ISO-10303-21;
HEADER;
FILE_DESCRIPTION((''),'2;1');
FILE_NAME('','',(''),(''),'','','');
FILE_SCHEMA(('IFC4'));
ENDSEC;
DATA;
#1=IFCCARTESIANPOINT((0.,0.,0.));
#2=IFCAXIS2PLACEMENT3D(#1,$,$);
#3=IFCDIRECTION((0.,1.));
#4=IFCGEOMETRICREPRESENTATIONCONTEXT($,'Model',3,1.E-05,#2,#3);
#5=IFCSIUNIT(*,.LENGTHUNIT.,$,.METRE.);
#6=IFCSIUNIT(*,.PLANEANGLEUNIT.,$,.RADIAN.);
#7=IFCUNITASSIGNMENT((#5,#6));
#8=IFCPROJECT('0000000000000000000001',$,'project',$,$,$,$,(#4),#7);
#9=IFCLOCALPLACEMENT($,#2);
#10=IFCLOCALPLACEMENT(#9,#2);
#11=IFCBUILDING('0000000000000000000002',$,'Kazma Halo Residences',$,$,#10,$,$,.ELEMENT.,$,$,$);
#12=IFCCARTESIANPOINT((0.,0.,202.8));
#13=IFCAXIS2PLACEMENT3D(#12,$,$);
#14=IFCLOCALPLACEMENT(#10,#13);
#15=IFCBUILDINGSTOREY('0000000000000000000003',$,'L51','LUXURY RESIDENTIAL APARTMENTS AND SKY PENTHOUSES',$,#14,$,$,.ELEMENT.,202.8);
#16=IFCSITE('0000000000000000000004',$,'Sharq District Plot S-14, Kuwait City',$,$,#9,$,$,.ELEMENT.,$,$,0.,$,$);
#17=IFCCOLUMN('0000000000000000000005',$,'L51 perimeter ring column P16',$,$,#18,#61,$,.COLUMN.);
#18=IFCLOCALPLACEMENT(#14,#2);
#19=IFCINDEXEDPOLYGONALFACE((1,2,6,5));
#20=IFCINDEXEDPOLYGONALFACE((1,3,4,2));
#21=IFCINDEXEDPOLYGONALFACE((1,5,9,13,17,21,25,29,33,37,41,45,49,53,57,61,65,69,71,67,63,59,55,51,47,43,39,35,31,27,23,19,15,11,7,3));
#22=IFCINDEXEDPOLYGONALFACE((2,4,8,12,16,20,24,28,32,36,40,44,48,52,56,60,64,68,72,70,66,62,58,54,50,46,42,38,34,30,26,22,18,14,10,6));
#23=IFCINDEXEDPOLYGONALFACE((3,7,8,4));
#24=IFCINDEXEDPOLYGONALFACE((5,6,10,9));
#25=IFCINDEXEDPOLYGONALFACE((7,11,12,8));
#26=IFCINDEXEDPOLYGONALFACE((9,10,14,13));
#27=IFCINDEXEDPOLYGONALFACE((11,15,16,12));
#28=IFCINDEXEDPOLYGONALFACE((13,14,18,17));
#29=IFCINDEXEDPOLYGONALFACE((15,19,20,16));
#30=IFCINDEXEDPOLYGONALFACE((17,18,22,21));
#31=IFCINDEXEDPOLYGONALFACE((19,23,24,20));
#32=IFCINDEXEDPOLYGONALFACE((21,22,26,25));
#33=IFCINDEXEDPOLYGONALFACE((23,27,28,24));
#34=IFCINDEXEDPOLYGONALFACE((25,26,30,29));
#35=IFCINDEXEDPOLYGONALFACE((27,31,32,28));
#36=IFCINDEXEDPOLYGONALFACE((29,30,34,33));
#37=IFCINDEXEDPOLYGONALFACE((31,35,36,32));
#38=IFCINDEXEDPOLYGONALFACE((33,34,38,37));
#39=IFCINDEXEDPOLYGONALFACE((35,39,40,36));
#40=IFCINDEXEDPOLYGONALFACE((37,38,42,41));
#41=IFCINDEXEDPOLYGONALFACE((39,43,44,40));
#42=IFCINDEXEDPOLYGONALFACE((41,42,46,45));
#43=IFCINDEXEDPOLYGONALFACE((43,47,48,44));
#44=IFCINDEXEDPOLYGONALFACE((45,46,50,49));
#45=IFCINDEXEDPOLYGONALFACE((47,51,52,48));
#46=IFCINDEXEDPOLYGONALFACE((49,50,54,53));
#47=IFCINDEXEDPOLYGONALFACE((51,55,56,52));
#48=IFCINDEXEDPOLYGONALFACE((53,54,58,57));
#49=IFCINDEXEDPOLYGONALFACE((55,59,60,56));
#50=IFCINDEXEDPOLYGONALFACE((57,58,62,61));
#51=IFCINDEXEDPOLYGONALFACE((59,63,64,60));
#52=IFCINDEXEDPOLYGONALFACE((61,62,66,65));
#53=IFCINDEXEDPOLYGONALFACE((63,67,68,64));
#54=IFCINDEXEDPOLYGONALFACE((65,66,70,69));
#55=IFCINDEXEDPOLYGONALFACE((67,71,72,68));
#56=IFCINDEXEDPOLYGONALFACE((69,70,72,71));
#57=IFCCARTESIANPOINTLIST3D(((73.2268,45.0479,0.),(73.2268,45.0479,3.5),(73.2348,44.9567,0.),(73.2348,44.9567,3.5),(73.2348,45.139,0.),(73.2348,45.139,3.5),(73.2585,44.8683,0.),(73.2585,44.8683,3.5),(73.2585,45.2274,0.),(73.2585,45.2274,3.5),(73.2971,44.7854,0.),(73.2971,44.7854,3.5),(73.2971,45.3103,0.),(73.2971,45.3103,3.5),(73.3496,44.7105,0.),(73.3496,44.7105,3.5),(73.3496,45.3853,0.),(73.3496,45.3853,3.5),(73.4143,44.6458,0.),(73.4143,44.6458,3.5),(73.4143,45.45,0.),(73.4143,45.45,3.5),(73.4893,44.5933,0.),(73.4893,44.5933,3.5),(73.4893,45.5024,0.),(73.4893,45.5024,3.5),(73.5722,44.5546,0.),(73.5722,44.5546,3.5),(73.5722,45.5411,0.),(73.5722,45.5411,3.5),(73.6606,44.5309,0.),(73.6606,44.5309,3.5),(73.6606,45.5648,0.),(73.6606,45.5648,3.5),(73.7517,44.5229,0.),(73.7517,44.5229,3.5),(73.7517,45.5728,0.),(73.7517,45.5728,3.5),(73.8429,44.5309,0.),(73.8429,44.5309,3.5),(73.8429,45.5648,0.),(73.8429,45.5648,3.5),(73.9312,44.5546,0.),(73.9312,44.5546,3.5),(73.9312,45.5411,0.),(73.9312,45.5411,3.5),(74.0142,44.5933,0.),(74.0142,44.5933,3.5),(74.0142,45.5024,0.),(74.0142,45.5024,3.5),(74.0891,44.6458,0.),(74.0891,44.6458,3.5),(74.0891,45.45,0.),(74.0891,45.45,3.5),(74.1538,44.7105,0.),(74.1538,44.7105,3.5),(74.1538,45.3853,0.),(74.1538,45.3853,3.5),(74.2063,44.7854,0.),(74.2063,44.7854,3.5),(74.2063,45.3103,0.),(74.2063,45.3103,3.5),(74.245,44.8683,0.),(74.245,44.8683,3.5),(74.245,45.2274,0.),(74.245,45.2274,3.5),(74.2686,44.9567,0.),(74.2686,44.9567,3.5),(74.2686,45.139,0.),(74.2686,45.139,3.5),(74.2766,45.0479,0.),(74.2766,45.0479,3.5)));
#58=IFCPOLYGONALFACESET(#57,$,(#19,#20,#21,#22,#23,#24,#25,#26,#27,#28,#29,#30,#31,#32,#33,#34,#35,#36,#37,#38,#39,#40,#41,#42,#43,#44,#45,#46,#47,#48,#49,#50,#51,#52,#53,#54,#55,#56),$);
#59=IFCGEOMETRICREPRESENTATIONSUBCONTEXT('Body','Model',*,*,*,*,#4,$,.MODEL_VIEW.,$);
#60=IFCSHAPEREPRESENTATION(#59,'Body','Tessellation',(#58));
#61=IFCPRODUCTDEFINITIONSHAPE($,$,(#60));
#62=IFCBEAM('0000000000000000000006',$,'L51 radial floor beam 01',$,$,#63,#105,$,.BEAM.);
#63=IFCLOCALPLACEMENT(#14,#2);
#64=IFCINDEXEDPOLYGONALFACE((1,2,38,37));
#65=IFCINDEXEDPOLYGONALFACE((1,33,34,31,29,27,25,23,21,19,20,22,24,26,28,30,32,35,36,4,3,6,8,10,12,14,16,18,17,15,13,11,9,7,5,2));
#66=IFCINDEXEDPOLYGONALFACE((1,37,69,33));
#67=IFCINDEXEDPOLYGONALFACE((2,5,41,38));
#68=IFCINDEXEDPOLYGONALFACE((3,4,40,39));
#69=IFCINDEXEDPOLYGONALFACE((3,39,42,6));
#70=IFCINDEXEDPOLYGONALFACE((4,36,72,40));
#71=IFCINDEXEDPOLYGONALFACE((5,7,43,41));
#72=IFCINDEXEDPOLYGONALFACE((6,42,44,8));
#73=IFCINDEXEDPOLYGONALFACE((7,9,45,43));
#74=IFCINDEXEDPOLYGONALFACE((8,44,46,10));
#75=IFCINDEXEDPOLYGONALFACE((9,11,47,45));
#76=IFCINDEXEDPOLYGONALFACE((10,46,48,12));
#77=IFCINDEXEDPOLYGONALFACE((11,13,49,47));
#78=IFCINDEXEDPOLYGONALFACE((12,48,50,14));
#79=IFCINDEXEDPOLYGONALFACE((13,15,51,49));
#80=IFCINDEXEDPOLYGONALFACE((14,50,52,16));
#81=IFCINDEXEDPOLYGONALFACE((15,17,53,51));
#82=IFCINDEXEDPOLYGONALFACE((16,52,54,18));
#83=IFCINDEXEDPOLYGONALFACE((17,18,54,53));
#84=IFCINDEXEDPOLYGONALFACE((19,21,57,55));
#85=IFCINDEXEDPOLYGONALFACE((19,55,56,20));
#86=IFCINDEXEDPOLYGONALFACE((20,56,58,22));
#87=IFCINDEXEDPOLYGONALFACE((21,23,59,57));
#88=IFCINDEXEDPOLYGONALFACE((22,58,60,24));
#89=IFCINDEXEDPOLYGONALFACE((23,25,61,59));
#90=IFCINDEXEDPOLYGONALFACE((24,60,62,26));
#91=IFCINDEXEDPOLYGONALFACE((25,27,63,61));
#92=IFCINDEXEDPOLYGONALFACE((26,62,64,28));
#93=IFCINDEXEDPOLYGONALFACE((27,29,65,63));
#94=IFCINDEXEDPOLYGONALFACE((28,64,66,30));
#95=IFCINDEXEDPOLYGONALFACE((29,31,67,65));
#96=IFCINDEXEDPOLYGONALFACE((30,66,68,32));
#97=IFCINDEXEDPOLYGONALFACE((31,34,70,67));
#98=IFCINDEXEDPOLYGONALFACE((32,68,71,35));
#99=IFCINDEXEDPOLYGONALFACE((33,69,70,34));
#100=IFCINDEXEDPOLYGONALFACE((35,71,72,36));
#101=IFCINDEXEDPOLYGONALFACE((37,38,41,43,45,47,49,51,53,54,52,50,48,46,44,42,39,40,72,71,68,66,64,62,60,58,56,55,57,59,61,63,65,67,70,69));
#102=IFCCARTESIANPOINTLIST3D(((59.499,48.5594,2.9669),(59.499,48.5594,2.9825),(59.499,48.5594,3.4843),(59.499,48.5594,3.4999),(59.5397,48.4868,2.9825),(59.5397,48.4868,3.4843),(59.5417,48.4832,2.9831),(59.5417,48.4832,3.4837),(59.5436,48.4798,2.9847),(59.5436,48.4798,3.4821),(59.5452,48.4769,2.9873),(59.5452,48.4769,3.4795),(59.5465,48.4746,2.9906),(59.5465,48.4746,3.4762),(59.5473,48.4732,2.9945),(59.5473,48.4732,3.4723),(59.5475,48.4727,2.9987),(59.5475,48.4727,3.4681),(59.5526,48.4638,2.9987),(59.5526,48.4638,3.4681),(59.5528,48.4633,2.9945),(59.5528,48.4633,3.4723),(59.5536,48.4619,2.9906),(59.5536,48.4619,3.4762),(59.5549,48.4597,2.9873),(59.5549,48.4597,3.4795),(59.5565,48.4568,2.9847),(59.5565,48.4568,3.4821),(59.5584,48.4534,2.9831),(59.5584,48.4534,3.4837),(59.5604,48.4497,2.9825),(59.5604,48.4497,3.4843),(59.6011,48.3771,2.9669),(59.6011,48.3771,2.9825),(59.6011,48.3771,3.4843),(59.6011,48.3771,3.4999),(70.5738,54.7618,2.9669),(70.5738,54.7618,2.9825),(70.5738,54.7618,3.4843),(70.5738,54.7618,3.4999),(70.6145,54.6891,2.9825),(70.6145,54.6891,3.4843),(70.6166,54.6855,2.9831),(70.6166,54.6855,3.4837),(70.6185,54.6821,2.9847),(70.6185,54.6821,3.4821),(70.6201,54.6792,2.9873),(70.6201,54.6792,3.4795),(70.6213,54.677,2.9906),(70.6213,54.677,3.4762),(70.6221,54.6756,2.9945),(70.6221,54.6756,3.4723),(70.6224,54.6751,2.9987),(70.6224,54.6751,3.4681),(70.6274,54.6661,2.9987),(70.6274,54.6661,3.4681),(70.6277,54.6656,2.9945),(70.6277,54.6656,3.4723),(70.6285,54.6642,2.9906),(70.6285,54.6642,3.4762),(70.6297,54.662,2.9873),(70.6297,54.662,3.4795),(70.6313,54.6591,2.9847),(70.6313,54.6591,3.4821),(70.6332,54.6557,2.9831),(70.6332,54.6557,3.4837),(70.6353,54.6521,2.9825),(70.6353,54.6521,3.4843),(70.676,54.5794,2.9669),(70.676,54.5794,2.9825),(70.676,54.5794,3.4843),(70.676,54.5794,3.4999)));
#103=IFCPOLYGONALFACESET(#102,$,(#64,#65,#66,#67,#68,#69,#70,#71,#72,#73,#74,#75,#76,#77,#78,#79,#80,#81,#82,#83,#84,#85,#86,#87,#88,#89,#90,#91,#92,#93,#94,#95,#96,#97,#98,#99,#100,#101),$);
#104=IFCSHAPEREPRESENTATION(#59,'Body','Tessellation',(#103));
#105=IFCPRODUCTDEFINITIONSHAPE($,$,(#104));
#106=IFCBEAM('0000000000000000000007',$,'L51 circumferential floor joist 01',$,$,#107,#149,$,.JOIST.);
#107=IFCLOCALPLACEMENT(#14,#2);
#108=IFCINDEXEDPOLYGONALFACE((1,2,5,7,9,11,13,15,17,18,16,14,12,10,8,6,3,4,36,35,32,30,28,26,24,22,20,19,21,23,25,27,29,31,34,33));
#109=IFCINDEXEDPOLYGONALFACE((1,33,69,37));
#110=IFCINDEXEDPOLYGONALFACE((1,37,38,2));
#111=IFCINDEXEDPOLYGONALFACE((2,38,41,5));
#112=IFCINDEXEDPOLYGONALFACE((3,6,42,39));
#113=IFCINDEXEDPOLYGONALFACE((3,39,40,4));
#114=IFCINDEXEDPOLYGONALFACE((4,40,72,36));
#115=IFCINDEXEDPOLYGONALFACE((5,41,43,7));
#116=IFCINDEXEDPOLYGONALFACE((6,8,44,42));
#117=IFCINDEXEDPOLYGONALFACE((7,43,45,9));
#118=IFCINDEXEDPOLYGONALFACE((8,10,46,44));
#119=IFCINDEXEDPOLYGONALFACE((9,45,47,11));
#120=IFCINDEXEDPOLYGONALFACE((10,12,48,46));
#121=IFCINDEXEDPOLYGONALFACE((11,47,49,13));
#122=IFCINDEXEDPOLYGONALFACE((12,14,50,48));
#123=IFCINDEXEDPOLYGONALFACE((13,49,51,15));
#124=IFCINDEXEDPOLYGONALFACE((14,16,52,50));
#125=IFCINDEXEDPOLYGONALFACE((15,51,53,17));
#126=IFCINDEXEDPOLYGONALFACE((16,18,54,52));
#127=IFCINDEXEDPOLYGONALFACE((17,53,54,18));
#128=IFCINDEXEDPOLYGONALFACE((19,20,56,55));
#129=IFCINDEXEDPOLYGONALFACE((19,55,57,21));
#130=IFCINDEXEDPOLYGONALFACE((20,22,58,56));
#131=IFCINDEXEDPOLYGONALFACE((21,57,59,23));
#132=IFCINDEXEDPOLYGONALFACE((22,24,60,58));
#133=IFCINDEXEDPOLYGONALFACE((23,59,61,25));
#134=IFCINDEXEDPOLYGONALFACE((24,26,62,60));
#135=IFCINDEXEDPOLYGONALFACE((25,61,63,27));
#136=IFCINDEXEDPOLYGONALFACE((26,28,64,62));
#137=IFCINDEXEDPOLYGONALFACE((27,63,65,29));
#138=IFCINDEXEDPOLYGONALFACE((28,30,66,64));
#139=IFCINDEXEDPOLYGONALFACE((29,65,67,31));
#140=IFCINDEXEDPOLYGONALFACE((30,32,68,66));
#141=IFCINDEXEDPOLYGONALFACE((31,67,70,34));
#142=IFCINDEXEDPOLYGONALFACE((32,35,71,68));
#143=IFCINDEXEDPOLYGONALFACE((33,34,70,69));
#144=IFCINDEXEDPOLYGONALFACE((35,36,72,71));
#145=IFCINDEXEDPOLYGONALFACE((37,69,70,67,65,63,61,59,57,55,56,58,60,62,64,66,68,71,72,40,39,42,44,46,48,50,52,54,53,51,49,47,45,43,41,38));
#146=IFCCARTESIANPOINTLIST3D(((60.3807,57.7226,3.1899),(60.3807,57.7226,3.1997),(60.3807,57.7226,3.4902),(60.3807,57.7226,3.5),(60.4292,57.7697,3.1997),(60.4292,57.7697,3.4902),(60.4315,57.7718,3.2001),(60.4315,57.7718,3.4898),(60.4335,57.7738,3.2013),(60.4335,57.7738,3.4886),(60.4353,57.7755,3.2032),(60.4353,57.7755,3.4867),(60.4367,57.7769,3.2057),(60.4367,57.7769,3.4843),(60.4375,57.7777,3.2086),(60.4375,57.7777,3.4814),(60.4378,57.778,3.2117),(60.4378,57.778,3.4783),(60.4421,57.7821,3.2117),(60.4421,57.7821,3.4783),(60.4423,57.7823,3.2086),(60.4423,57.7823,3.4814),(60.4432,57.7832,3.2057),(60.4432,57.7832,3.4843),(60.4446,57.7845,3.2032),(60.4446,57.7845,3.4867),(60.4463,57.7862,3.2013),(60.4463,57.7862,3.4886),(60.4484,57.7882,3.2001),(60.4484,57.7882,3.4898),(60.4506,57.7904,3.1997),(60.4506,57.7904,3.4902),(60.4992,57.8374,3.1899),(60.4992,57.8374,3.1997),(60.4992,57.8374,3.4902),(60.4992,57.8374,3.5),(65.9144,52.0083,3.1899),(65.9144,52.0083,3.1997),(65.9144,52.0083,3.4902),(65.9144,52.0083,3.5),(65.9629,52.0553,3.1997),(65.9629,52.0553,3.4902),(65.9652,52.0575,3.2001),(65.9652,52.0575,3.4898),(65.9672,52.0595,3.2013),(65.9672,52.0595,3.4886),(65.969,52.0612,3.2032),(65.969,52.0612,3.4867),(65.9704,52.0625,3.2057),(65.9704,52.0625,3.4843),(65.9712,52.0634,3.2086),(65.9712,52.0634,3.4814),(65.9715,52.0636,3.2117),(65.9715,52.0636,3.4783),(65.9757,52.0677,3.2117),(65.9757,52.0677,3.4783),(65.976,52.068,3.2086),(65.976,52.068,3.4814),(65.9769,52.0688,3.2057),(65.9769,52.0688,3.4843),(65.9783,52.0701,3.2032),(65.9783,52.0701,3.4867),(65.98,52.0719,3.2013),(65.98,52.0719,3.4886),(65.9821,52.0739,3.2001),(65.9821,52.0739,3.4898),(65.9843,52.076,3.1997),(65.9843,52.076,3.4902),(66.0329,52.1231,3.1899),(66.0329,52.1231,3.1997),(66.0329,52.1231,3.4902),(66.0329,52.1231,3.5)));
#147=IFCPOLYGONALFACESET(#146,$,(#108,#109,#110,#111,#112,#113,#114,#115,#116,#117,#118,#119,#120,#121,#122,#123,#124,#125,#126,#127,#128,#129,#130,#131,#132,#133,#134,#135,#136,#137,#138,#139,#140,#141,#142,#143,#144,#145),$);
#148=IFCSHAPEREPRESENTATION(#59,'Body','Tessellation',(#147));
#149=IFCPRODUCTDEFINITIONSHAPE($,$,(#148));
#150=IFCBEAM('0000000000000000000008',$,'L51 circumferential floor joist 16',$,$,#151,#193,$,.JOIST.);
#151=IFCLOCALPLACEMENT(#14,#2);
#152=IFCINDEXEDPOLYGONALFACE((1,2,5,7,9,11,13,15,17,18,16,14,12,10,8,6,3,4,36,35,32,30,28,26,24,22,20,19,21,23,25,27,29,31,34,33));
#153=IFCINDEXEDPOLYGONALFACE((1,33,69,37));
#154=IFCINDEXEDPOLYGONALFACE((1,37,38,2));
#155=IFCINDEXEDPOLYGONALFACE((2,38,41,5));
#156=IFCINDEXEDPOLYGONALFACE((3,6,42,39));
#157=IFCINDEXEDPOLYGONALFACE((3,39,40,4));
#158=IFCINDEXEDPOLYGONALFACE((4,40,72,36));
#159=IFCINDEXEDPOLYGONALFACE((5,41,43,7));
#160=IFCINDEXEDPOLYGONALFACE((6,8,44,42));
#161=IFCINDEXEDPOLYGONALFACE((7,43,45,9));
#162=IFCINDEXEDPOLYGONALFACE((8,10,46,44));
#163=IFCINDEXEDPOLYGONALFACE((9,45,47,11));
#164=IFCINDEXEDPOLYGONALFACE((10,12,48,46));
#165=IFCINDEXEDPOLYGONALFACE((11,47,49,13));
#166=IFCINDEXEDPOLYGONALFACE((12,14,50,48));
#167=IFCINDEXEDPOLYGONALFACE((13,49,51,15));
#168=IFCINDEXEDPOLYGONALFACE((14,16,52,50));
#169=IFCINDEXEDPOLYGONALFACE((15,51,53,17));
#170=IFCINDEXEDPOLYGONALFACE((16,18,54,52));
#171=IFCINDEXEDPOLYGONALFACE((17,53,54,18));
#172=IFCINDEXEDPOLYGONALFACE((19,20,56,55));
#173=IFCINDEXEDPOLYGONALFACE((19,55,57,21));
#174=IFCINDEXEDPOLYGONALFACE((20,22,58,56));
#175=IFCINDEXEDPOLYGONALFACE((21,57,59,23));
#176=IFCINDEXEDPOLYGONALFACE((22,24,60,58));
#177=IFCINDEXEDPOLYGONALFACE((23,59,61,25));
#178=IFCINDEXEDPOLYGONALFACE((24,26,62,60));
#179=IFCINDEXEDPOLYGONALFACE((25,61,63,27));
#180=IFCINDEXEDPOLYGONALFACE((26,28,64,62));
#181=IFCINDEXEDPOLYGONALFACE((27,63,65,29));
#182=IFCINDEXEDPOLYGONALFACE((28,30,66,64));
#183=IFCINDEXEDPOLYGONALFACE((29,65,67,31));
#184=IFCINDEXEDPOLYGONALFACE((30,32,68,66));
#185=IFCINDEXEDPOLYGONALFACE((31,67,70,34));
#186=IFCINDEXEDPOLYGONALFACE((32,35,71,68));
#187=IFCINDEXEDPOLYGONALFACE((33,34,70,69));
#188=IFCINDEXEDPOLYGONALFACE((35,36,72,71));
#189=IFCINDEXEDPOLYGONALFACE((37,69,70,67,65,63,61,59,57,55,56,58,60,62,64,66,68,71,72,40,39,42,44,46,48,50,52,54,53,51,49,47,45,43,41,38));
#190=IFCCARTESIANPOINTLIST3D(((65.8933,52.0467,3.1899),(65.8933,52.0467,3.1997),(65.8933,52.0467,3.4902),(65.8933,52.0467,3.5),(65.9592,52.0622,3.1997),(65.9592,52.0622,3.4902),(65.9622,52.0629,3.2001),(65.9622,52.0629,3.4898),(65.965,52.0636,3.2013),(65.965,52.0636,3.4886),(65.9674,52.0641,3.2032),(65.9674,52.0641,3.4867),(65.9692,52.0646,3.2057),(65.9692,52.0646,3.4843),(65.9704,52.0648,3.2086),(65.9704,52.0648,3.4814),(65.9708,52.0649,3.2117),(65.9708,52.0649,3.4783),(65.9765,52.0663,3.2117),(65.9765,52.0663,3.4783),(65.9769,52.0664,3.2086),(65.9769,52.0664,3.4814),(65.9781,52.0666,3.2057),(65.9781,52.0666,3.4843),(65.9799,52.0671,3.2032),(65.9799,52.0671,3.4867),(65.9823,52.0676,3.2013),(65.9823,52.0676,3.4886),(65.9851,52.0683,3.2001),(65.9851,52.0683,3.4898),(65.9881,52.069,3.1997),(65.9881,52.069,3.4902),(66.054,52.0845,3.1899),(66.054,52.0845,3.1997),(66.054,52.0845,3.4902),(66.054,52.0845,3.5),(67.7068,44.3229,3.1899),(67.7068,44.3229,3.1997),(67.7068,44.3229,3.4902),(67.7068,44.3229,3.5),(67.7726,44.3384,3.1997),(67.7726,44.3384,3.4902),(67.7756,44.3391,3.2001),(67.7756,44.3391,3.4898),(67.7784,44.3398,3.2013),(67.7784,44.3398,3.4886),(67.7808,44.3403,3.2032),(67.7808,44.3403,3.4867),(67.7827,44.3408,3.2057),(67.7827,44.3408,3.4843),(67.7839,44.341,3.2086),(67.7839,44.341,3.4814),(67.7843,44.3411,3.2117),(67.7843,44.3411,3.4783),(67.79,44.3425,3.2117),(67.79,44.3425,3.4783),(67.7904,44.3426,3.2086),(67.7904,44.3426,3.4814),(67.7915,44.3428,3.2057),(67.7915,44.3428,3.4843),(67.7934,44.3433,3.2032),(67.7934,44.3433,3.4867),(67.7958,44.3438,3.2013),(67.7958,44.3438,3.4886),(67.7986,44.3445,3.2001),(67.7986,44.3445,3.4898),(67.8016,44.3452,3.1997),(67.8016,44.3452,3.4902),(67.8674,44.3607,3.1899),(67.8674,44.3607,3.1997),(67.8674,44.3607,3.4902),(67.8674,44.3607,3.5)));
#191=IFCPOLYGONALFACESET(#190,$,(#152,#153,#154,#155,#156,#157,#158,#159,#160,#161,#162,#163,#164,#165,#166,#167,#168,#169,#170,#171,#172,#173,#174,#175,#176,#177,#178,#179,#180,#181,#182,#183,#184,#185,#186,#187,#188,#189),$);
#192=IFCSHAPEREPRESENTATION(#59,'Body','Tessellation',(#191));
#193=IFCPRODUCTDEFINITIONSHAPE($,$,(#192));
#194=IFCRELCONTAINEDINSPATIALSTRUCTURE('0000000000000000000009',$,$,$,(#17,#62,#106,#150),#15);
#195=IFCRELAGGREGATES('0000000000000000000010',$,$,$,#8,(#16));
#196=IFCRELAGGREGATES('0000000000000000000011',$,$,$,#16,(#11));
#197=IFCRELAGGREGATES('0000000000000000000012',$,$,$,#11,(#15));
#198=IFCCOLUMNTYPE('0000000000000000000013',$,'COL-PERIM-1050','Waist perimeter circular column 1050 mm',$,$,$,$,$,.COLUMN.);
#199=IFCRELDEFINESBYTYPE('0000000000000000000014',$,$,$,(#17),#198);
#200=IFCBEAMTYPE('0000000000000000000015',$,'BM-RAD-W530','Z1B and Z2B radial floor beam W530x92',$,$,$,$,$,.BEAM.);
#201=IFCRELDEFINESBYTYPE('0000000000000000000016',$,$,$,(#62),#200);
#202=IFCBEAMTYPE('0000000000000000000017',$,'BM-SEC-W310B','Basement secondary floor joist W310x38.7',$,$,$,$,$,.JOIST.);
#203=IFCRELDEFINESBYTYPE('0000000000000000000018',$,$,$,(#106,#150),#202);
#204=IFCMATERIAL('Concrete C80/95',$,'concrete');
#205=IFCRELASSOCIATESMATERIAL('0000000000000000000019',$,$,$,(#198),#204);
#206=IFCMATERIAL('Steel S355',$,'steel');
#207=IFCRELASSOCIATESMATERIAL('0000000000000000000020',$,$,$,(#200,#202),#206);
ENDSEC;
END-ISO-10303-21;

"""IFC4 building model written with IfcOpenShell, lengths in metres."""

from ifc_helpers import new_model, si_unit, direction, frame, origin, origin_2d, place, context, subcontext, project, spatial, circle, i_section, extrude, material, material_profile, profile_set, type_object, element, save


model = new_model("IFC4")

# Units and contexts
model_context = context("Model", 3, precision=1e-05, world=origin(), true_north=direction((0.0, 1.0)))
body_context = subcontext(model_context, "Body", "Model", "MODEL_VIEW")
ifc_project = project(units=[si_unit("LENGTHUNIT", "METRE"), si_unit("PLANEANGLEUNIT", "RADIAN")], contexts=[model_context])

# Site, building, storey
site_placement = place(None, origin())
site = spatial("IfcSite", under=ifc_project, at=site_placement, Name="Sharq District Plot S-14, Kuwait City", CompositionType="ELEMENT", RefElevation=0.0)
building_placement = place(site_placement, origin())
building = spatial("IfcBuilding", under=site, at=building_placement, Name="Kazma Halo Residences", CompositionType="ELEMENT")
storey_placement = place(building_placement, frame((0.0, 0.0, 202.8)))
storey = spatial("IfcBuildingStorey", under=building, at=storey_placement, Name="L51", Description="LUXURY RESIDENTIAL APARTMENTS AND SKY PENTHOUSES", CompositionType="ELEMENT", Elevation=202.8)

# Column
ifc_material_1 = material(Name="Concrete C80/95", Category="concrete")
ifc_material_profile_1 = material_profile(ifc_material_1, circle(Radius=0.5249, at=origin_2d()), Name="CIRC1050")
ifc_profile_set_1 = profile_set([ifc_material_profile_1], Name="Concrete C80/95")
column_type = type_object("IfcColumnType", Name="COL-PERIM-1050", Description="Waist perimeter circular column 1050 mm", PredefinedType="COLUMN", material=ifc_profile_set_1)
column_placement = place(storey_placement, frame((73.7517, 45.0479, 0.0), z_axis=(0.0, 0.0, 1.0), x_axis=(1.0, 0.0, 0.0)))
element("IfcColumn", 1, at=column_placement, inside=storey, type_object=column_type, Name="L51 perimeter ring column P16", PredefinedType="COLUMN", context=body_context, shape_type="SweptSolid", body=[
    extrude(circle(Radius=0.5249, at=origin_2d()), origin(), (0.0, 0.0, 1.0), 3.5),
])

# Beams
ifc_material_2 = material(Name="Steel S355", Category="steel")
ifc_material_profile_2 = material_profile(ifc_material_2, i_section(OverallWidth=0.209, OverallDepth=0.533, WebThickness=0.0103, FlangeThickness=0.0156, FilletRadius=0.0161, at=origin_2d()), Name="W530x92")
ifc_profile_set_2 = profile_set([ifc_material_profile_2], Name="Steel S355")
beam_type_1 = type_object("IfcBeamType", Name="BM-RAD-W530", Description="Z1B and Z2B radial floor beam W530x92", PredefinedType="BEAM", material=ifc_profile_set_2)
beam_1_placement = place(storey_placement, frame((59.55, 48.4683, 3.2334), z_axis=(0.872492, 0.488629, 0.0), x_axis=(-0.488629, 0.872492, 0.0)))
element("IfcBeam", 2, at=beam_1_placement, inside=storey, type_object=beam_type_1, Name="L51 radial floor beam 01", PredefinedType="BEAM", context=body_context, shape_type="SweptSolid", body=[
    extrude(i_section(OverallWidth=0.209, OverallDepth=0.533, WebThickness=0.0103, FlangeThickness=0.0156, FilletRadius=0.0161, at=origin_2d()), origin(), (0.0, 0.0, 1.0), 12.6934),
])
ifc_material_profile_3 = material_profile(ifc_material_2, i_section(OverallWidth=0.165, OverallDepth=0.3101, WebThickness=0.0059, FlangeThickness=0.0098, FilletRadius=0.012, at=origin_2d()), Name="W310x38.7")
ifc_profile_set_3 = profile_set([ifc_material_profile_3], Name="Steel S355")
beam_type_2 = type_object("IfcBeamType", Name="BM-SEC-W310B", Description="Basement secondary floor joist W310x38.7", PredefinedType="JOIST", material=ifc_profile_set_3)
beam_2_placement = place(storey_placement, frame((65.9736, 52.0657, 3.345), z_axis=(-0.69566, 0.718372, 0.0), x_axis=(-0.718372, -0.69566, 0.0)))
element("IfcBeam", 3, at=beam_2_placement, inside=storey, type_object=beam_type_2, Name="L51 circumferential floor joist 01", PredefinedType="JOIST", context=body_context, shape_type="SweptSolid", body=[
    extrude(i_section(OverallWidth=0.165, OverallDepth=0.3101, WebThickness=0.0059, FlangeThickness=0.0098, FilletRadius=0.012, at=origin_2d()), origin(), (0.0, 0.0, 1.0), 7.9546),
])
beam_3_placement = place(storey_placement, frame((67.7871, 44.3418, 3.345), z_axis=(-0.228573, 0.973527, 0.0), x_axis=(-0.973527, -0.228573, 0.0)))
element("IfcBeam", 4, at=beam_3_placement, inside=storey, type_object=beam_type_2, Name="L51 circumferential floor joist 16", PredefinedType="JOIST", context=body_context, shape_type="SweptSolid", body=[
    extrude(i_section(OverallWidth=0.165, OverallDepth=0.3101, WebThickness=0.0059, FlangeThickness=0.0098, FilletRadius=0.012, at=origin_2d()), origin(), (0.0, 0.0, 1.0), 7.9338),
])

save(model, "model.ifc")
